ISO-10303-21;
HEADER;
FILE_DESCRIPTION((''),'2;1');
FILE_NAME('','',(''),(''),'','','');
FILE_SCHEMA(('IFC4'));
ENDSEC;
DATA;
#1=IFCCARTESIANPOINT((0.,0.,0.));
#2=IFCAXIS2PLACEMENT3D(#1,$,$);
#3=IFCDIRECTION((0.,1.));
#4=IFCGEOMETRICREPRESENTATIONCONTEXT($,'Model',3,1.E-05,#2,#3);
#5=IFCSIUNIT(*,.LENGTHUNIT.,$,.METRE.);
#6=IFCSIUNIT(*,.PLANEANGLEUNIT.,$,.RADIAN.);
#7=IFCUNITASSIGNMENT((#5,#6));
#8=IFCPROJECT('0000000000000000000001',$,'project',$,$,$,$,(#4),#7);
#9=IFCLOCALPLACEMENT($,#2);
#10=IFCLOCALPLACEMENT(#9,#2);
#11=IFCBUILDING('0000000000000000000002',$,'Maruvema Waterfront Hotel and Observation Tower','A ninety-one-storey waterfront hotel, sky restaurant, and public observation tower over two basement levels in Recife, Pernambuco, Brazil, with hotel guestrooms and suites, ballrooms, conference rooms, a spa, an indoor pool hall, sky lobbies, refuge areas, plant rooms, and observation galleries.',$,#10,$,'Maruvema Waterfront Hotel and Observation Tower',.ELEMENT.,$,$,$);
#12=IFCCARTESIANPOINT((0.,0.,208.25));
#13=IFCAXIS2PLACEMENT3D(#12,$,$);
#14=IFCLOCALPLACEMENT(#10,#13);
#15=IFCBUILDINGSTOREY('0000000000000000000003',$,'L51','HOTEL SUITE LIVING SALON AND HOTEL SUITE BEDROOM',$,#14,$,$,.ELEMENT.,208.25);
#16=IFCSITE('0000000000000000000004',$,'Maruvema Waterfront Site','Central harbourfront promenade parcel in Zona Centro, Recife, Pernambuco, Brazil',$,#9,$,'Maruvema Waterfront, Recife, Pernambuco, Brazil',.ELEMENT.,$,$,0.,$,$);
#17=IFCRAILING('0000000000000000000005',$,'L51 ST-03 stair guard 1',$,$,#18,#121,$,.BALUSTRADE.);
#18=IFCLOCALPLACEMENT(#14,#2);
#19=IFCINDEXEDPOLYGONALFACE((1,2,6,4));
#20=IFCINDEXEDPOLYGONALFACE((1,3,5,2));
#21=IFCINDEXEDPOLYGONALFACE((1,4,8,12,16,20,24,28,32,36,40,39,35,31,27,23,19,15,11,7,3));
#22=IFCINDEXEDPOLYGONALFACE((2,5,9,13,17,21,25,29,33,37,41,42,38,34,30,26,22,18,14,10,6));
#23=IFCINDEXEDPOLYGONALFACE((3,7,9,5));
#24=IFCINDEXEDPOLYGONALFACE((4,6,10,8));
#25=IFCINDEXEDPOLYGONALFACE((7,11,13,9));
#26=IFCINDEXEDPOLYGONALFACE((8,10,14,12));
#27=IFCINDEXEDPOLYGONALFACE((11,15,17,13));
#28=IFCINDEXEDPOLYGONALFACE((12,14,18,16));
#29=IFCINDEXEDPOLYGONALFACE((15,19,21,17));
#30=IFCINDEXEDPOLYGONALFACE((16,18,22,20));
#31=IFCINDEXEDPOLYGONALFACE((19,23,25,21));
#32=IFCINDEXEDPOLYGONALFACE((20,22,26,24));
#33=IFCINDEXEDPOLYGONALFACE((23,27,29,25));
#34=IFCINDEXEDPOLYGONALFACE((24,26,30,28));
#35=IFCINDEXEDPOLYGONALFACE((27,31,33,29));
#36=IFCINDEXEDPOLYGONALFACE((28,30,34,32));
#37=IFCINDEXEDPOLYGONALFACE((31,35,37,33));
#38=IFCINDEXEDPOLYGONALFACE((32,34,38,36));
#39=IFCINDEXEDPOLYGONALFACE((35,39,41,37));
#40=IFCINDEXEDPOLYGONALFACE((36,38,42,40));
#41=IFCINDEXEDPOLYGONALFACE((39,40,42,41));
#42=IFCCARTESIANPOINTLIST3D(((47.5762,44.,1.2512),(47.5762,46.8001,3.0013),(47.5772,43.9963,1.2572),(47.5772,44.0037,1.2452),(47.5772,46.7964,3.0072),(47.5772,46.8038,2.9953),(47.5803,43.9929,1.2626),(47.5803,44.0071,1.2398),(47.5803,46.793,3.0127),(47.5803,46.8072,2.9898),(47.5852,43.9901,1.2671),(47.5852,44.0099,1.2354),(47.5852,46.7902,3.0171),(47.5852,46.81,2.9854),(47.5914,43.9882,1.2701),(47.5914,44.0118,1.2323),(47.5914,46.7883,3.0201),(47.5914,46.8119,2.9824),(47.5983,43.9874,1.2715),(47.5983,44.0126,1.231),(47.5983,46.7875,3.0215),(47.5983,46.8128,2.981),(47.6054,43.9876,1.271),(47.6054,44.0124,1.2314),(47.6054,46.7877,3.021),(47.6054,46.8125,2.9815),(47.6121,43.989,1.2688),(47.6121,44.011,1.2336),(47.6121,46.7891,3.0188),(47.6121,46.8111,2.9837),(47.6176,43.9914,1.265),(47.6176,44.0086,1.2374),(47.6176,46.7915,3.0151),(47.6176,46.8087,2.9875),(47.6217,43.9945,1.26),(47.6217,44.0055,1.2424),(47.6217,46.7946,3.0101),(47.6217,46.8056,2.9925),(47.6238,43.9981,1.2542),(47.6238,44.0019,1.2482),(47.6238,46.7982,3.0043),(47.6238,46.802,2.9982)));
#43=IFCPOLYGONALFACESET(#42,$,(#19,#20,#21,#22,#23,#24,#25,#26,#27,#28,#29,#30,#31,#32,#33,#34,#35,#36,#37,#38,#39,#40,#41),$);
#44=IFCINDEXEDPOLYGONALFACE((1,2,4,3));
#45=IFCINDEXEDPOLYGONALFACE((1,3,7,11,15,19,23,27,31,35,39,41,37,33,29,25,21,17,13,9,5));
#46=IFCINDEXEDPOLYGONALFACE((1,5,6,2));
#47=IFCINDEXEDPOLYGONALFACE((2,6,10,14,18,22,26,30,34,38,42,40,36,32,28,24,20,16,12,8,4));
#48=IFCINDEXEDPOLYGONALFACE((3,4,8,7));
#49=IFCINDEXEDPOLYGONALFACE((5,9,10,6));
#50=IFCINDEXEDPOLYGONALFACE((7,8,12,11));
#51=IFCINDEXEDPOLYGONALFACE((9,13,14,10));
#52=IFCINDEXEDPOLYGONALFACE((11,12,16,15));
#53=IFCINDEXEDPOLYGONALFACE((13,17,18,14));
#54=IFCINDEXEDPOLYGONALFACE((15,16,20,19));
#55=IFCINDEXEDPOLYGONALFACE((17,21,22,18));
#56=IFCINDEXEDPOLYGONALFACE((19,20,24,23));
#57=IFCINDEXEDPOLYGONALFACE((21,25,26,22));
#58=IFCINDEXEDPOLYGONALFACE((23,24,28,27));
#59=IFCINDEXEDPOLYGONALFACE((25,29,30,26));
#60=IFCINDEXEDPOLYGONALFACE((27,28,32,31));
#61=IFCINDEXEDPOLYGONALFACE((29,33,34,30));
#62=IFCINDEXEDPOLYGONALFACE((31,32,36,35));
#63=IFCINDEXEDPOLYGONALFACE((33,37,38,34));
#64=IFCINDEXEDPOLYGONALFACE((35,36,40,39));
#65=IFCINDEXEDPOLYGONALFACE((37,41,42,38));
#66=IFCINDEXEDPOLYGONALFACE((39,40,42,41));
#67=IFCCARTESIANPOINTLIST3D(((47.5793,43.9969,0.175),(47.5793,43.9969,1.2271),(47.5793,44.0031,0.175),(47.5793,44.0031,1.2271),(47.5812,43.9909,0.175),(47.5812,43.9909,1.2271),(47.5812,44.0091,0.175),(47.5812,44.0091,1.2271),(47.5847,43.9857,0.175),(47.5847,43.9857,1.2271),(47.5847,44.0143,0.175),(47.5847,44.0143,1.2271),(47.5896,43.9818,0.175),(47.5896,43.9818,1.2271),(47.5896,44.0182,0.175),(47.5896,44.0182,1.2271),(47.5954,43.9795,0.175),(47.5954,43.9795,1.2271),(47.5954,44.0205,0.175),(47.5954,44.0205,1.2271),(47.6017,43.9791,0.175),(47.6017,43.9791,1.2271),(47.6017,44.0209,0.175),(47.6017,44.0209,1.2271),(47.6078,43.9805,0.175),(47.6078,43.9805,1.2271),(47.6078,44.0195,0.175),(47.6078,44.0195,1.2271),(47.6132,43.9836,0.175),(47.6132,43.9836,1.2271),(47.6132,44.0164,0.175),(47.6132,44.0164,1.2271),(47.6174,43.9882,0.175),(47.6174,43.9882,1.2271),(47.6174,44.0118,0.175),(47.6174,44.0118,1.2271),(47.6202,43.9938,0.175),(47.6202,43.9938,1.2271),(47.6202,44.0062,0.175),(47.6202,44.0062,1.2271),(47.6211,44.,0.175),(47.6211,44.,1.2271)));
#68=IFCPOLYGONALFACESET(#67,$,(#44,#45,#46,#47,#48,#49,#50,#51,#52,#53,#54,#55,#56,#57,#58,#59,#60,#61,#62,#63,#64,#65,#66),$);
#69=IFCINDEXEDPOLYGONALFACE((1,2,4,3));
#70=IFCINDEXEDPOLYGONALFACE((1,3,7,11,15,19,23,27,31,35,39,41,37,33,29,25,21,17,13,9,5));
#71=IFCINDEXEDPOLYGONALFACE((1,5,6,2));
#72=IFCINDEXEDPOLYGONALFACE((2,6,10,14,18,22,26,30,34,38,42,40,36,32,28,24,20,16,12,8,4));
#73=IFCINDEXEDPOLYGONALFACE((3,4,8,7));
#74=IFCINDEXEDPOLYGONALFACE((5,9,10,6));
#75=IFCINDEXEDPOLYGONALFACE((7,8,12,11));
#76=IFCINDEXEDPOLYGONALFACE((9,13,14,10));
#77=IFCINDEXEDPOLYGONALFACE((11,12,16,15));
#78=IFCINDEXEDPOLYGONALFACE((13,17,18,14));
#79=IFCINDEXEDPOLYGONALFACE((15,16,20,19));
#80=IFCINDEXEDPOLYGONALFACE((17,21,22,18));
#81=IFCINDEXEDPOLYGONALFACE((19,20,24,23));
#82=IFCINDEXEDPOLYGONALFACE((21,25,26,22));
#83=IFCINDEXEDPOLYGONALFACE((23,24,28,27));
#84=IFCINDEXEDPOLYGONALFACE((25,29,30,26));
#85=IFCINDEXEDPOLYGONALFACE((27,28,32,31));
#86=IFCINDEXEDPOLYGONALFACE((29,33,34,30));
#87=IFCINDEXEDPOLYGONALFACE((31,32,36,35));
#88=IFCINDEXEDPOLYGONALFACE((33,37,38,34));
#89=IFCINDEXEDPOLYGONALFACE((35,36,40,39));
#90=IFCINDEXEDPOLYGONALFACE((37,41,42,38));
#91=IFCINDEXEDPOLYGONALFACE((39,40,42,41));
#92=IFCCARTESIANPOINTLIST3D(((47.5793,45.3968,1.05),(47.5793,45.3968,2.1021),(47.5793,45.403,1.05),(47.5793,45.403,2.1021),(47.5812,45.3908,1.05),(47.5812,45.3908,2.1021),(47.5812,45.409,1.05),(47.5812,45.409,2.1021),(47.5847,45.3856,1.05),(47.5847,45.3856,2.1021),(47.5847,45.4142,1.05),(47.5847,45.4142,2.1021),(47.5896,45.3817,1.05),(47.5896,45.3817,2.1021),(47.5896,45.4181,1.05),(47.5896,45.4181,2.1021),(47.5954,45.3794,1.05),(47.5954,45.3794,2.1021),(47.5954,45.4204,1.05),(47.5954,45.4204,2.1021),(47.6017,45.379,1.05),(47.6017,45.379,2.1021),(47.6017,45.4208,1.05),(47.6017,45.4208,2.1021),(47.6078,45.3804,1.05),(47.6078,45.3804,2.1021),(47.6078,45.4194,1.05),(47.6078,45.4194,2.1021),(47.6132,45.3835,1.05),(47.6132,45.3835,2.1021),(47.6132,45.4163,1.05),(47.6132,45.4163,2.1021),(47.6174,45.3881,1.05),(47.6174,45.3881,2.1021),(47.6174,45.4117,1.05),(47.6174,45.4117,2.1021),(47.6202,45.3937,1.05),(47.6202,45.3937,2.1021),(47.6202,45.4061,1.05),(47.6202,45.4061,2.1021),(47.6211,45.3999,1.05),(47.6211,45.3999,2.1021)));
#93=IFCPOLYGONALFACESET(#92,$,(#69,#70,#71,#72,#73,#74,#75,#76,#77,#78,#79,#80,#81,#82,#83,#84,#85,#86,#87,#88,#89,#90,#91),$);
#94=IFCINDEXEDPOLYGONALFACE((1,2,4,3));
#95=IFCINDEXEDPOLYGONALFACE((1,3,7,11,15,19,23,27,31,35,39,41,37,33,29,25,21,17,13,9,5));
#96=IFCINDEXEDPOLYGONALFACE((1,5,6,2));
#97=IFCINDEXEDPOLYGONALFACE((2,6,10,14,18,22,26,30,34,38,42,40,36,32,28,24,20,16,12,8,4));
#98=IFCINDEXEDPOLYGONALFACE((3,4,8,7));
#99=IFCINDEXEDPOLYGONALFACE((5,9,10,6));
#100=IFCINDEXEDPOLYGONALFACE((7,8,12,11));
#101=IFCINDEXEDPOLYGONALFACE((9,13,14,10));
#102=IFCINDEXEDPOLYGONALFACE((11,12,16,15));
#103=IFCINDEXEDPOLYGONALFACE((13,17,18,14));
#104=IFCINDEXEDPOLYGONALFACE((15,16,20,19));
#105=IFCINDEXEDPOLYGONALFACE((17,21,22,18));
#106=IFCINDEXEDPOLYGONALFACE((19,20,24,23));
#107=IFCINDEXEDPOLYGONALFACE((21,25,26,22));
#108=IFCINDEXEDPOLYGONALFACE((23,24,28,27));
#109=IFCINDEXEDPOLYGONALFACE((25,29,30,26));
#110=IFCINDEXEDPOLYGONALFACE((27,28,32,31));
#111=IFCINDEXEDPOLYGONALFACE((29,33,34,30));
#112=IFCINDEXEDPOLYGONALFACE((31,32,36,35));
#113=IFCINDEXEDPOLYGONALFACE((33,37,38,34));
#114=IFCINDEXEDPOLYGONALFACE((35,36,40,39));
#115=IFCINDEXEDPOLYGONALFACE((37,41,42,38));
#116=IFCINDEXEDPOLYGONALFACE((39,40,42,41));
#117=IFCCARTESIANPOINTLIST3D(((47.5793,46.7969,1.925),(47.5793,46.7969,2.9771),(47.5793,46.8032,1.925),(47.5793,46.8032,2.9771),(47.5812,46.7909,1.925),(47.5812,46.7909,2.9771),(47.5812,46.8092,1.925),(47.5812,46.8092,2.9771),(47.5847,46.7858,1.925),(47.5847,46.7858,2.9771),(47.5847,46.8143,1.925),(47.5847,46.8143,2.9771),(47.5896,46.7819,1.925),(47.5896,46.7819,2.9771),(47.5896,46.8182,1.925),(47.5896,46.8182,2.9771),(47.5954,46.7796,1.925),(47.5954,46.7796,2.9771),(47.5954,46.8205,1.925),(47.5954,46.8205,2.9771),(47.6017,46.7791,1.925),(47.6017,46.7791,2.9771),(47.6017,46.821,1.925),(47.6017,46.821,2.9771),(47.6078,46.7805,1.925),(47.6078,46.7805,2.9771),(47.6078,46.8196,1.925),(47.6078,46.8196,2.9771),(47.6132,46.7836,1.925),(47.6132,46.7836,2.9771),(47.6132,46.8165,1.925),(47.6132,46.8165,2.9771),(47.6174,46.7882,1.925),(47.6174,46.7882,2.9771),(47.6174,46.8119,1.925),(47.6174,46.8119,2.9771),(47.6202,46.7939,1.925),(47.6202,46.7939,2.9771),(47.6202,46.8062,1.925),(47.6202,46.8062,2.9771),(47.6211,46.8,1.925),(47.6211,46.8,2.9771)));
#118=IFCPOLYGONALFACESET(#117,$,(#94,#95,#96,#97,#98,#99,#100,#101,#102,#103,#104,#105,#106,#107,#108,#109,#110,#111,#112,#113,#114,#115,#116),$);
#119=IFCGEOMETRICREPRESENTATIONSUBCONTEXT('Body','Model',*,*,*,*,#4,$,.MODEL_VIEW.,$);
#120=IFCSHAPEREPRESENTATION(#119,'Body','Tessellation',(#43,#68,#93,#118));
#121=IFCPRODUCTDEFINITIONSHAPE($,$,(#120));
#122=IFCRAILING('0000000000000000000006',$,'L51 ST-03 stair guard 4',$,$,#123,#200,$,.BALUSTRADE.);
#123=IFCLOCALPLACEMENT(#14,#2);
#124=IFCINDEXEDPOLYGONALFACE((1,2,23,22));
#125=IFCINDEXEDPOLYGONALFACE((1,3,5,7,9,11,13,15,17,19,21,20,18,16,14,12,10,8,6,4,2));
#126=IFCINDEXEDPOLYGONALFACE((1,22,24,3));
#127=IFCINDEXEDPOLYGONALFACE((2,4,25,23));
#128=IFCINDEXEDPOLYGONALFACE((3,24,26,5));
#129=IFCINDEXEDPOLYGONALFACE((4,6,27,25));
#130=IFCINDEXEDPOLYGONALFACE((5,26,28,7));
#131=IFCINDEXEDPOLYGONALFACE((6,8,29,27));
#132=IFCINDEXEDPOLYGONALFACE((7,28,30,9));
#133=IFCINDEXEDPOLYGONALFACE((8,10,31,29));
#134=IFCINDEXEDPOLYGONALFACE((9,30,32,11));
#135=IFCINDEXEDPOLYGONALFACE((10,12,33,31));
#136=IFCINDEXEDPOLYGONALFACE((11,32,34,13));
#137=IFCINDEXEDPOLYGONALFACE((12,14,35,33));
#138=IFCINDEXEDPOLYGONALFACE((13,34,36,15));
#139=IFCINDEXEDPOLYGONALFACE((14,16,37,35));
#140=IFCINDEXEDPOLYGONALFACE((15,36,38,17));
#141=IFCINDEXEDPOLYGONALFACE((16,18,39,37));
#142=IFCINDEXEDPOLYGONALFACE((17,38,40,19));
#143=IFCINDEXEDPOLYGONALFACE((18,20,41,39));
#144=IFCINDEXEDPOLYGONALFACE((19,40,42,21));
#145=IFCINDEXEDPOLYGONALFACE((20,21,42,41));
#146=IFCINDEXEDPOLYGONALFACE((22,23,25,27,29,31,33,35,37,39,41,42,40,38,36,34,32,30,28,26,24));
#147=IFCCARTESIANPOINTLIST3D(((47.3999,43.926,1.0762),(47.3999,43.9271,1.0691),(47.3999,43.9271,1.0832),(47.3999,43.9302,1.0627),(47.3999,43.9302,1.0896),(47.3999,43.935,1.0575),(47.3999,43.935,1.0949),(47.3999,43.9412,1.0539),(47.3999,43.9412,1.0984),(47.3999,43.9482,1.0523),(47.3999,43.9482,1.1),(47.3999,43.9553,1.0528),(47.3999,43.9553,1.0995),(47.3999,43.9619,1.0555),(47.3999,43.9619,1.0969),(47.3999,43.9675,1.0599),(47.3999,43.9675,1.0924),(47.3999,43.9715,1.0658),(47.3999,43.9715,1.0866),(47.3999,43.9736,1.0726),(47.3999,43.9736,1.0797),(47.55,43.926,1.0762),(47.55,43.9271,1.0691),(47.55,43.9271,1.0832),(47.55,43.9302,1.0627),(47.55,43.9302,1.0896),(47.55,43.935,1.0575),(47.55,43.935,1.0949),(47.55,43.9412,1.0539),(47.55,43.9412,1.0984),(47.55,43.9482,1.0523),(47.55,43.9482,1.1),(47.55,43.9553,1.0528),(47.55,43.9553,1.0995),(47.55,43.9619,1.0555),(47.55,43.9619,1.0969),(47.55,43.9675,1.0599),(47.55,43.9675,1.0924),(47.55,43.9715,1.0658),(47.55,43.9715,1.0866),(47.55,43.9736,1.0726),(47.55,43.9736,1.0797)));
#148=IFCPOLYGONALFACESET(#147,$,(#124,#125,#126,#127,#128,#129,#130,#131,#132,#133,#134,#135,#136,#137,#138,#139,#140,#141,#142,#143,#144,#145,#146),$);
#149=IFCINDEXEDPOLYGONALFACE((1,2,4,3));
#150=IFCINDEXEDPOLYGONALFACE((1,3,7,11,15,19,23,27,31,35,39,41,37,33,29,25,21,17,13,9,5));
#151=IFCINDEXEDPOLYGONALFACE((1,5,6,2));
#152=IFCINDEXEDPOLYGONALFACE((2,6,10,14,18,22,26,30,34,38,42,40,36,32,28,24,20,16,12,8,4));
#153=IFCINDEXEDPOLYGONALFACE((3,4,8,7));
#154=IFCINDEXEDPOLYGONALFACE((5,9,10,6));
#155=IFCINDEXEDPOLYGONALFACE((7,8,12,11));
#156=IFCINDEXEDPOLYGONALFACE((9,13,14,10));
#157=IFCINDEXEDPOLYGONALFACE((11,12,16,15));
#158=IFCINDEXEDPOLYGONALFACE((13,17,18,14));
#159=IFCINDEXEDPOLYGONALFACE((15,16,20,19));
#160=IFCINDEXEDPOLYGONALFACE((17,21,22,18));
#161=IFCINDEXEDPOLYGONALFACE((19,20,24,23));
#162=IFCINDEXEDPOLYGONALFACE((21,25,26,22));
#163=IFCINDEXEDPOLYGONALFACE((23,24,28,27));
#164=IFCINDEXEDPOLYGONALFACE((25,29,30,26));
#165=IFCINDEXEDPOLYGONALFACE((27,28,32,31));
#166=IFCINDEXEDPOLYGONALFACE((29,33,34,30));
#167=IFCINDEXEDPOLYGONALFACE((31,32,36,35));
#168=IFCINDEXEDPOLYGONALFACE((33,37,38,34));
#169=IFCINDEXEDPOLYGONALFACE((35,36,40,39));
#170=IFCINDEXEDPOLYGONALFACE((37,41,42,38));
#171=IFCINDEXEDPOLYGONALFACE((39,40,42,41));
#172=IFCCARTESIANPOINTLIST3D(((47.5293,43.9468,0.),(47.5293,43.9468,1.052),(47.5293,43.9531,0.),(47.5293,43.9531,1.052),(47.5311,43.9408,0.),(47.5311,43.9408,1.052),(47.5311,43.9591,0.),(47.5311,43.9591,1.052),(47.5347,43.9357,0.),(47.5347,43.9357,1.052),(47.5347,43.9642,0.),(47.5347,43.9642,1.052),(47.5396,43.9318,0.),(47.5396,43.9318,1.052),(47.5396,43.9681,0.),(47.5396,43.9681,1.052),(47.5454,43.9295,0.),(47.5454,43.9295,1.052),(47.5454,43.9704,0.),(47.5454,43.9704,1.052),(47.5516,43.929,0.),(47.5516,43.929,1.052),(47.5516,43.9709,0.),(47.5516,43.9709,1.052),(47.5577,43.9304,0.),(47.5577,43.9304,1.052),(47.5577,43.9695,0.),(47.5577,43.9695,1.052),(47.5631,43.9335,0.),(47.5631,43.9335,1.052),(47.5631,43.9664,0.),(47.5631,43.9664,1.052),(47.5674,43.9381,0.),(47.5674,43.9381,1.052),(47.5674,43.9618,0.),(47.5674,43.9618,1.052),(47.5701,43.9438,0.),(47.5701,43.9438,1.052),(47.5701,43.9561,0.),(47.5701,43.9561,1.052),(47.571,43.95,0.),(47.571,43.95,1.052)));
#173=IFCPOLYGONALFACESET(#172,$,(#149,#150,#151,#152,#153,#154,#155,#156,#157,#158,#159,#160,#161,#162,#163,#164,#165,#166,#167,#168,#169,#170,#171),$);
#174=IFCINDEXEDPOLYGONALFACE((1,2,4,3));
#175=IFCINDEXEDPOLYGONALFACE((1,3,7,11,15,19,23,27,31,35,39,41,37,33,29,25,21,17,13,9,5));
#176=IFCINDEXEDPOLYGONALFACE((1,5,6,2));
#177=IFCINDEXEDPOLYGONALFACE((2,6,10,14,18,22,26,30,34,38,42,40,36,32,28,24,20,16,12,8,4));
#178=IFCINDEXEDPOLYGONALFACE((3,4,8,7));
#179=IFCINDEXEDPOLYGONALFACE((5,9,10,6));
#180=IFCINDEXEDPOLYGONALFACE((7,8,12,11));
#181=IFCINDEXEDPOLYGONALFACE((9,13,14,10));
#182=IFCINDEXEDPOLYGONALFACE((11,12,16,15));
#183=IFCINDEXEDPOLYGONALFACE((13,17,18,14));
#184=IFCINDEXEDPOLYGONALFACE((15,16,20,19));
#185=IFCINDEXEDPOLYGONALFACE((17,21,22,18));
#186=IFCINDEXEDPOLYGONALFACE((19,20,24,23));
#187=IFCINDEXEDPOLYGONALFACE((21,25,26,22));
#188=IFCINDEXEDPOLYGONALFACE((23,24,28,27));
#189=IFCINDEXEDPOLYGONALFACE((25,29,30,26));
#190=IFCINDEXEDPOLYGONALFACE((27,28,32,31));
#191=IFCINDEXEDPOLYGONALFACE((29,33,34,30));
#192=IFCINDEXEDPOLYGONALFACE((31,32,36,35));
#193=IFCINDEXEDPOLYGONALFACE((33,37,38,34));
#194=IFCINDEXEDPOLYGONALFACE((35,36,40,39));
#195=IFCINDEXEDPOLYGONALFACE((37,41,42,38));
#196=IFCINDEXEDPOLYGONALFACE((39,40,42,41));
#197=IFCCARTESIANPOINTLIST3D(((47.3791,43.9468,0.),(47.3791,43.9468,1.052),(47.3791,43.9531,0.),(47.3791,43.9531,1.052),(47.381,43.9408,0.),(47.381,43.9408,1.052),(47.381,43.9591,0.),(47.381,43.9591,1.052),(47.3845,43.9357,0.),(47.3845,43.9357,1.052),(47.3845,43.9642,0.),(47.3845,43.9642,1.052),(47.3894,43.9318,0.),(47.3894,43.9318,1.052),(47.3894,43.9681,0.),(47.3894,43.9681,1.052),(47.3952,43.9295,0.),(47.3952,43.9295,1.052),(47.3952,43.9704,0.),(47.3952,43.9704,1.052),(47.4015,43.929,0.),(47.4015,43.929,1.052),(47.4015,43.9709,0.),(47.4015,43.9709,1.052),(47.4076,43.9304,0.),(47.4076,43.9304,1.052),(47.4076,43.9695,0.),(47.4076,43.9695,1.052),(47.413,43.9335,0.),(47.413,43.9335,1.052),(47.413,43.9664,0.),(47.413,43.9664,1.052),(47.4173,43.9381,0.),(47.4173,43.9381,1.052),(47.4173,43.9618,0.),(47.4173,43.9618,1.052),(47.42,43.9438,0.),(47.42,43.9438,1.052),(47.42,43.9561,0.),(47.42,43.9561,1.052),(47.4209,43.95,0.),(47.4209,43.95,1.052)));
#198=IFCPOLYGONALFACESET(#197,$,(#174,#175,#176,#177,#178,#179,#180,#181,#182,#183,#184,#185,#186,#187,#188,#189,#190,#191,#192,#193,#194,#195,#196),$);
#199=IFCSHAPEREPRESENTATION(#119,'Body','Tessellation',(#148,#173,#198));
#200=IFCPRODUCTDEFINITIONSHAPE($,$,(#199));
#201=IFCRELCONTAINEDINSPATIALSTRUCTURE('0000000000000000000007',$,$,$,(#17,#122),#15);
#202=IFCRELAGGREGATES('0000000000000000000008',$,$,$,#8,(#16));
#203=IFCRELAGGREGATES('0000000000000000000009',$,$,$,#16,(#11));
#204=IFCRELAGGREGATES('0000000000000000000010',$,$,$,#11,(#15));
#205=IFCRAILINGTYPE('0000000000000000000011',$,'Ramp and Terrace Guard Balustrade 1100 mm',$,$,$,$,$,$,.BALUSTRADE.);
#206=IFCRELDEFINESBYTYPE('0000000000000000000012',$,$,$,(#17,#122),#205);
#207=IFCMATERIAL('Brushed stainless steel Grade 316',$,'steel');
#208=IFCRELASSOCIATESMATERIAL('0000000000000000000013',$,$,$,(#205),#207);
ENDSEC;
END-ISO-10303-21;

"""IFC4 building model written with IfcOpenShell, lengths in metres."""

from ifc_helpers import new_model, si_unit, direction, frame, origin, origin_2d, place, context, subcontext, project, spatial, circle, extrude, material, type_object, element, save


model = new_model("IFC4")

# Units and contexts
model_context = context("Model", 3, precision=1e-05, world=origin(), true_north=direction((0.0, 1.0)))
body_context = subcontext(model_context, "Body", "Model", "MODEL_VIEW")
ifc_project = project(units=[si_unit("LENGTHUNIT", "METRE"), si_unit("PLANEANGLEUNIT", "RADIAN")], contexts=[model_context])

# Site, building, storey
site_placement = place(None, origin())
site = spatial("IfcSite", under=ifc_project, at=site_placement, Name="Maruvema Waterfront Site", Description="Central harbourfront promenade parcel in Zona Centro, Recife, Pernambuco, Brazil", LongName="Maruvema Waterfront, Recife, Pernambuco, Brazil", CompositionType="ELEMENT", RefElevation=0.0)
building_placement = place(site_placement, origin())
building = spatial("IfcBuilding", under=site, at=building_placement, Name="Maruvema Waterfront Hotel and Observation Tower", Description="A ninety-one-storey waterfront hotel, sky restaurant, and public observation tower over two basement levels in Recife, Pernambuco, Brazil, with hotel guestrooms and suites, ballrooms, conference rooms, a spa, an indoor pool hall, sky lobbies, refuge areas, plant rooms, and observation galleries.", LongName="Maruvema Waterfront Hotel and Observation Tower", CompositionType="ELEMENT")
storey_placement = place(building_placement, frame((0.0, 0.0, 208.25)))
storey = spatial("IfcBuildingStorey", under=building, at=storey_placement, Name="L51", Description="HOTEL SUITE LIVING SALON AND HOTEL SUITE BEDROOM", CompositionType="ELEMENT", Elevation=208.25)

# Railings
ifc_material_1 = material(Name="Brushed stainless steel Grade 316", Category="steel")
railing_type_1 = type_object("IfcRailingType", Name="Ramp and Terrace Guard Balustrade 1100 mm", PredefinedType="BALUSTRADE", material=ifc_material_1)
railing_1_placement = place(storey_placement, frame((47.6001, 44.0, 0.175)))
element("IfcRailing", 1, at=railing_1_placement, inside=storey, type_object=railing_type_1, Name="L51 ST-03 stair guard 1", PredefinedType="BALUSTRADE", context=body_context, shape_type="SweptSolid", body=[
    extrude(circle(Radius=0.0239, at=origin_2d()), frame((0.0, 0.0, 1.0762), z_axis=(0.0, 0.848002, 0.529992), x_axis=(-1.0, 0.0, 0.0)), (0.0, 0.0, 1.0), 3.302),
    extrude(circle(Radius=0.021, at=origin_2d()), origin(), (0.0, 0.0, 1.0), 1.052),
    extrude(circle(Radius=0.021, at=origin_2d()), frame((0.0, 1.3999, 0.875)), (0.0, 0.0, 1.0), 1.052),
    extrude(circle(Radius=0.021, at=origin_2d()), frame((0.0, 2.8, 1.75)), (0.0, 0.0, 1.0), 1.052),
])
railing_2_placement = place(storey_placement, frame((47.55, 43.95, 0.0)))
element("IfcRailing", 2, at=railing_2_placement, inside=storey, type_object=railing_type_1, Name="L51 ST-03 stair guard 4", PredefinedType="BALUSTRADE", context=body_context, shape_type="SweptSolid", body=[
    extrude(circle(Radius=0.0239, at=origin_2d()), frame((0.0, 0.0, 1.0762), z_axis=(-1.0, 0.0, 0.0), x_axis=(0.0, -1.0, 0.0)), (0.0, 0.0, 1.0), 0.1501),
    extrude(circle(Radius=0.021, at=origin_2d()), origin(), (0.0, 0.0, 1.0), 1.052),
    extrude(circle(Radius=0.021, at=origin_2d()), frame((-0.1501, 0.0, 0.0)), (0.0, 0.0, 1.0), 1.052),
])

save(model, "model.ifc")
